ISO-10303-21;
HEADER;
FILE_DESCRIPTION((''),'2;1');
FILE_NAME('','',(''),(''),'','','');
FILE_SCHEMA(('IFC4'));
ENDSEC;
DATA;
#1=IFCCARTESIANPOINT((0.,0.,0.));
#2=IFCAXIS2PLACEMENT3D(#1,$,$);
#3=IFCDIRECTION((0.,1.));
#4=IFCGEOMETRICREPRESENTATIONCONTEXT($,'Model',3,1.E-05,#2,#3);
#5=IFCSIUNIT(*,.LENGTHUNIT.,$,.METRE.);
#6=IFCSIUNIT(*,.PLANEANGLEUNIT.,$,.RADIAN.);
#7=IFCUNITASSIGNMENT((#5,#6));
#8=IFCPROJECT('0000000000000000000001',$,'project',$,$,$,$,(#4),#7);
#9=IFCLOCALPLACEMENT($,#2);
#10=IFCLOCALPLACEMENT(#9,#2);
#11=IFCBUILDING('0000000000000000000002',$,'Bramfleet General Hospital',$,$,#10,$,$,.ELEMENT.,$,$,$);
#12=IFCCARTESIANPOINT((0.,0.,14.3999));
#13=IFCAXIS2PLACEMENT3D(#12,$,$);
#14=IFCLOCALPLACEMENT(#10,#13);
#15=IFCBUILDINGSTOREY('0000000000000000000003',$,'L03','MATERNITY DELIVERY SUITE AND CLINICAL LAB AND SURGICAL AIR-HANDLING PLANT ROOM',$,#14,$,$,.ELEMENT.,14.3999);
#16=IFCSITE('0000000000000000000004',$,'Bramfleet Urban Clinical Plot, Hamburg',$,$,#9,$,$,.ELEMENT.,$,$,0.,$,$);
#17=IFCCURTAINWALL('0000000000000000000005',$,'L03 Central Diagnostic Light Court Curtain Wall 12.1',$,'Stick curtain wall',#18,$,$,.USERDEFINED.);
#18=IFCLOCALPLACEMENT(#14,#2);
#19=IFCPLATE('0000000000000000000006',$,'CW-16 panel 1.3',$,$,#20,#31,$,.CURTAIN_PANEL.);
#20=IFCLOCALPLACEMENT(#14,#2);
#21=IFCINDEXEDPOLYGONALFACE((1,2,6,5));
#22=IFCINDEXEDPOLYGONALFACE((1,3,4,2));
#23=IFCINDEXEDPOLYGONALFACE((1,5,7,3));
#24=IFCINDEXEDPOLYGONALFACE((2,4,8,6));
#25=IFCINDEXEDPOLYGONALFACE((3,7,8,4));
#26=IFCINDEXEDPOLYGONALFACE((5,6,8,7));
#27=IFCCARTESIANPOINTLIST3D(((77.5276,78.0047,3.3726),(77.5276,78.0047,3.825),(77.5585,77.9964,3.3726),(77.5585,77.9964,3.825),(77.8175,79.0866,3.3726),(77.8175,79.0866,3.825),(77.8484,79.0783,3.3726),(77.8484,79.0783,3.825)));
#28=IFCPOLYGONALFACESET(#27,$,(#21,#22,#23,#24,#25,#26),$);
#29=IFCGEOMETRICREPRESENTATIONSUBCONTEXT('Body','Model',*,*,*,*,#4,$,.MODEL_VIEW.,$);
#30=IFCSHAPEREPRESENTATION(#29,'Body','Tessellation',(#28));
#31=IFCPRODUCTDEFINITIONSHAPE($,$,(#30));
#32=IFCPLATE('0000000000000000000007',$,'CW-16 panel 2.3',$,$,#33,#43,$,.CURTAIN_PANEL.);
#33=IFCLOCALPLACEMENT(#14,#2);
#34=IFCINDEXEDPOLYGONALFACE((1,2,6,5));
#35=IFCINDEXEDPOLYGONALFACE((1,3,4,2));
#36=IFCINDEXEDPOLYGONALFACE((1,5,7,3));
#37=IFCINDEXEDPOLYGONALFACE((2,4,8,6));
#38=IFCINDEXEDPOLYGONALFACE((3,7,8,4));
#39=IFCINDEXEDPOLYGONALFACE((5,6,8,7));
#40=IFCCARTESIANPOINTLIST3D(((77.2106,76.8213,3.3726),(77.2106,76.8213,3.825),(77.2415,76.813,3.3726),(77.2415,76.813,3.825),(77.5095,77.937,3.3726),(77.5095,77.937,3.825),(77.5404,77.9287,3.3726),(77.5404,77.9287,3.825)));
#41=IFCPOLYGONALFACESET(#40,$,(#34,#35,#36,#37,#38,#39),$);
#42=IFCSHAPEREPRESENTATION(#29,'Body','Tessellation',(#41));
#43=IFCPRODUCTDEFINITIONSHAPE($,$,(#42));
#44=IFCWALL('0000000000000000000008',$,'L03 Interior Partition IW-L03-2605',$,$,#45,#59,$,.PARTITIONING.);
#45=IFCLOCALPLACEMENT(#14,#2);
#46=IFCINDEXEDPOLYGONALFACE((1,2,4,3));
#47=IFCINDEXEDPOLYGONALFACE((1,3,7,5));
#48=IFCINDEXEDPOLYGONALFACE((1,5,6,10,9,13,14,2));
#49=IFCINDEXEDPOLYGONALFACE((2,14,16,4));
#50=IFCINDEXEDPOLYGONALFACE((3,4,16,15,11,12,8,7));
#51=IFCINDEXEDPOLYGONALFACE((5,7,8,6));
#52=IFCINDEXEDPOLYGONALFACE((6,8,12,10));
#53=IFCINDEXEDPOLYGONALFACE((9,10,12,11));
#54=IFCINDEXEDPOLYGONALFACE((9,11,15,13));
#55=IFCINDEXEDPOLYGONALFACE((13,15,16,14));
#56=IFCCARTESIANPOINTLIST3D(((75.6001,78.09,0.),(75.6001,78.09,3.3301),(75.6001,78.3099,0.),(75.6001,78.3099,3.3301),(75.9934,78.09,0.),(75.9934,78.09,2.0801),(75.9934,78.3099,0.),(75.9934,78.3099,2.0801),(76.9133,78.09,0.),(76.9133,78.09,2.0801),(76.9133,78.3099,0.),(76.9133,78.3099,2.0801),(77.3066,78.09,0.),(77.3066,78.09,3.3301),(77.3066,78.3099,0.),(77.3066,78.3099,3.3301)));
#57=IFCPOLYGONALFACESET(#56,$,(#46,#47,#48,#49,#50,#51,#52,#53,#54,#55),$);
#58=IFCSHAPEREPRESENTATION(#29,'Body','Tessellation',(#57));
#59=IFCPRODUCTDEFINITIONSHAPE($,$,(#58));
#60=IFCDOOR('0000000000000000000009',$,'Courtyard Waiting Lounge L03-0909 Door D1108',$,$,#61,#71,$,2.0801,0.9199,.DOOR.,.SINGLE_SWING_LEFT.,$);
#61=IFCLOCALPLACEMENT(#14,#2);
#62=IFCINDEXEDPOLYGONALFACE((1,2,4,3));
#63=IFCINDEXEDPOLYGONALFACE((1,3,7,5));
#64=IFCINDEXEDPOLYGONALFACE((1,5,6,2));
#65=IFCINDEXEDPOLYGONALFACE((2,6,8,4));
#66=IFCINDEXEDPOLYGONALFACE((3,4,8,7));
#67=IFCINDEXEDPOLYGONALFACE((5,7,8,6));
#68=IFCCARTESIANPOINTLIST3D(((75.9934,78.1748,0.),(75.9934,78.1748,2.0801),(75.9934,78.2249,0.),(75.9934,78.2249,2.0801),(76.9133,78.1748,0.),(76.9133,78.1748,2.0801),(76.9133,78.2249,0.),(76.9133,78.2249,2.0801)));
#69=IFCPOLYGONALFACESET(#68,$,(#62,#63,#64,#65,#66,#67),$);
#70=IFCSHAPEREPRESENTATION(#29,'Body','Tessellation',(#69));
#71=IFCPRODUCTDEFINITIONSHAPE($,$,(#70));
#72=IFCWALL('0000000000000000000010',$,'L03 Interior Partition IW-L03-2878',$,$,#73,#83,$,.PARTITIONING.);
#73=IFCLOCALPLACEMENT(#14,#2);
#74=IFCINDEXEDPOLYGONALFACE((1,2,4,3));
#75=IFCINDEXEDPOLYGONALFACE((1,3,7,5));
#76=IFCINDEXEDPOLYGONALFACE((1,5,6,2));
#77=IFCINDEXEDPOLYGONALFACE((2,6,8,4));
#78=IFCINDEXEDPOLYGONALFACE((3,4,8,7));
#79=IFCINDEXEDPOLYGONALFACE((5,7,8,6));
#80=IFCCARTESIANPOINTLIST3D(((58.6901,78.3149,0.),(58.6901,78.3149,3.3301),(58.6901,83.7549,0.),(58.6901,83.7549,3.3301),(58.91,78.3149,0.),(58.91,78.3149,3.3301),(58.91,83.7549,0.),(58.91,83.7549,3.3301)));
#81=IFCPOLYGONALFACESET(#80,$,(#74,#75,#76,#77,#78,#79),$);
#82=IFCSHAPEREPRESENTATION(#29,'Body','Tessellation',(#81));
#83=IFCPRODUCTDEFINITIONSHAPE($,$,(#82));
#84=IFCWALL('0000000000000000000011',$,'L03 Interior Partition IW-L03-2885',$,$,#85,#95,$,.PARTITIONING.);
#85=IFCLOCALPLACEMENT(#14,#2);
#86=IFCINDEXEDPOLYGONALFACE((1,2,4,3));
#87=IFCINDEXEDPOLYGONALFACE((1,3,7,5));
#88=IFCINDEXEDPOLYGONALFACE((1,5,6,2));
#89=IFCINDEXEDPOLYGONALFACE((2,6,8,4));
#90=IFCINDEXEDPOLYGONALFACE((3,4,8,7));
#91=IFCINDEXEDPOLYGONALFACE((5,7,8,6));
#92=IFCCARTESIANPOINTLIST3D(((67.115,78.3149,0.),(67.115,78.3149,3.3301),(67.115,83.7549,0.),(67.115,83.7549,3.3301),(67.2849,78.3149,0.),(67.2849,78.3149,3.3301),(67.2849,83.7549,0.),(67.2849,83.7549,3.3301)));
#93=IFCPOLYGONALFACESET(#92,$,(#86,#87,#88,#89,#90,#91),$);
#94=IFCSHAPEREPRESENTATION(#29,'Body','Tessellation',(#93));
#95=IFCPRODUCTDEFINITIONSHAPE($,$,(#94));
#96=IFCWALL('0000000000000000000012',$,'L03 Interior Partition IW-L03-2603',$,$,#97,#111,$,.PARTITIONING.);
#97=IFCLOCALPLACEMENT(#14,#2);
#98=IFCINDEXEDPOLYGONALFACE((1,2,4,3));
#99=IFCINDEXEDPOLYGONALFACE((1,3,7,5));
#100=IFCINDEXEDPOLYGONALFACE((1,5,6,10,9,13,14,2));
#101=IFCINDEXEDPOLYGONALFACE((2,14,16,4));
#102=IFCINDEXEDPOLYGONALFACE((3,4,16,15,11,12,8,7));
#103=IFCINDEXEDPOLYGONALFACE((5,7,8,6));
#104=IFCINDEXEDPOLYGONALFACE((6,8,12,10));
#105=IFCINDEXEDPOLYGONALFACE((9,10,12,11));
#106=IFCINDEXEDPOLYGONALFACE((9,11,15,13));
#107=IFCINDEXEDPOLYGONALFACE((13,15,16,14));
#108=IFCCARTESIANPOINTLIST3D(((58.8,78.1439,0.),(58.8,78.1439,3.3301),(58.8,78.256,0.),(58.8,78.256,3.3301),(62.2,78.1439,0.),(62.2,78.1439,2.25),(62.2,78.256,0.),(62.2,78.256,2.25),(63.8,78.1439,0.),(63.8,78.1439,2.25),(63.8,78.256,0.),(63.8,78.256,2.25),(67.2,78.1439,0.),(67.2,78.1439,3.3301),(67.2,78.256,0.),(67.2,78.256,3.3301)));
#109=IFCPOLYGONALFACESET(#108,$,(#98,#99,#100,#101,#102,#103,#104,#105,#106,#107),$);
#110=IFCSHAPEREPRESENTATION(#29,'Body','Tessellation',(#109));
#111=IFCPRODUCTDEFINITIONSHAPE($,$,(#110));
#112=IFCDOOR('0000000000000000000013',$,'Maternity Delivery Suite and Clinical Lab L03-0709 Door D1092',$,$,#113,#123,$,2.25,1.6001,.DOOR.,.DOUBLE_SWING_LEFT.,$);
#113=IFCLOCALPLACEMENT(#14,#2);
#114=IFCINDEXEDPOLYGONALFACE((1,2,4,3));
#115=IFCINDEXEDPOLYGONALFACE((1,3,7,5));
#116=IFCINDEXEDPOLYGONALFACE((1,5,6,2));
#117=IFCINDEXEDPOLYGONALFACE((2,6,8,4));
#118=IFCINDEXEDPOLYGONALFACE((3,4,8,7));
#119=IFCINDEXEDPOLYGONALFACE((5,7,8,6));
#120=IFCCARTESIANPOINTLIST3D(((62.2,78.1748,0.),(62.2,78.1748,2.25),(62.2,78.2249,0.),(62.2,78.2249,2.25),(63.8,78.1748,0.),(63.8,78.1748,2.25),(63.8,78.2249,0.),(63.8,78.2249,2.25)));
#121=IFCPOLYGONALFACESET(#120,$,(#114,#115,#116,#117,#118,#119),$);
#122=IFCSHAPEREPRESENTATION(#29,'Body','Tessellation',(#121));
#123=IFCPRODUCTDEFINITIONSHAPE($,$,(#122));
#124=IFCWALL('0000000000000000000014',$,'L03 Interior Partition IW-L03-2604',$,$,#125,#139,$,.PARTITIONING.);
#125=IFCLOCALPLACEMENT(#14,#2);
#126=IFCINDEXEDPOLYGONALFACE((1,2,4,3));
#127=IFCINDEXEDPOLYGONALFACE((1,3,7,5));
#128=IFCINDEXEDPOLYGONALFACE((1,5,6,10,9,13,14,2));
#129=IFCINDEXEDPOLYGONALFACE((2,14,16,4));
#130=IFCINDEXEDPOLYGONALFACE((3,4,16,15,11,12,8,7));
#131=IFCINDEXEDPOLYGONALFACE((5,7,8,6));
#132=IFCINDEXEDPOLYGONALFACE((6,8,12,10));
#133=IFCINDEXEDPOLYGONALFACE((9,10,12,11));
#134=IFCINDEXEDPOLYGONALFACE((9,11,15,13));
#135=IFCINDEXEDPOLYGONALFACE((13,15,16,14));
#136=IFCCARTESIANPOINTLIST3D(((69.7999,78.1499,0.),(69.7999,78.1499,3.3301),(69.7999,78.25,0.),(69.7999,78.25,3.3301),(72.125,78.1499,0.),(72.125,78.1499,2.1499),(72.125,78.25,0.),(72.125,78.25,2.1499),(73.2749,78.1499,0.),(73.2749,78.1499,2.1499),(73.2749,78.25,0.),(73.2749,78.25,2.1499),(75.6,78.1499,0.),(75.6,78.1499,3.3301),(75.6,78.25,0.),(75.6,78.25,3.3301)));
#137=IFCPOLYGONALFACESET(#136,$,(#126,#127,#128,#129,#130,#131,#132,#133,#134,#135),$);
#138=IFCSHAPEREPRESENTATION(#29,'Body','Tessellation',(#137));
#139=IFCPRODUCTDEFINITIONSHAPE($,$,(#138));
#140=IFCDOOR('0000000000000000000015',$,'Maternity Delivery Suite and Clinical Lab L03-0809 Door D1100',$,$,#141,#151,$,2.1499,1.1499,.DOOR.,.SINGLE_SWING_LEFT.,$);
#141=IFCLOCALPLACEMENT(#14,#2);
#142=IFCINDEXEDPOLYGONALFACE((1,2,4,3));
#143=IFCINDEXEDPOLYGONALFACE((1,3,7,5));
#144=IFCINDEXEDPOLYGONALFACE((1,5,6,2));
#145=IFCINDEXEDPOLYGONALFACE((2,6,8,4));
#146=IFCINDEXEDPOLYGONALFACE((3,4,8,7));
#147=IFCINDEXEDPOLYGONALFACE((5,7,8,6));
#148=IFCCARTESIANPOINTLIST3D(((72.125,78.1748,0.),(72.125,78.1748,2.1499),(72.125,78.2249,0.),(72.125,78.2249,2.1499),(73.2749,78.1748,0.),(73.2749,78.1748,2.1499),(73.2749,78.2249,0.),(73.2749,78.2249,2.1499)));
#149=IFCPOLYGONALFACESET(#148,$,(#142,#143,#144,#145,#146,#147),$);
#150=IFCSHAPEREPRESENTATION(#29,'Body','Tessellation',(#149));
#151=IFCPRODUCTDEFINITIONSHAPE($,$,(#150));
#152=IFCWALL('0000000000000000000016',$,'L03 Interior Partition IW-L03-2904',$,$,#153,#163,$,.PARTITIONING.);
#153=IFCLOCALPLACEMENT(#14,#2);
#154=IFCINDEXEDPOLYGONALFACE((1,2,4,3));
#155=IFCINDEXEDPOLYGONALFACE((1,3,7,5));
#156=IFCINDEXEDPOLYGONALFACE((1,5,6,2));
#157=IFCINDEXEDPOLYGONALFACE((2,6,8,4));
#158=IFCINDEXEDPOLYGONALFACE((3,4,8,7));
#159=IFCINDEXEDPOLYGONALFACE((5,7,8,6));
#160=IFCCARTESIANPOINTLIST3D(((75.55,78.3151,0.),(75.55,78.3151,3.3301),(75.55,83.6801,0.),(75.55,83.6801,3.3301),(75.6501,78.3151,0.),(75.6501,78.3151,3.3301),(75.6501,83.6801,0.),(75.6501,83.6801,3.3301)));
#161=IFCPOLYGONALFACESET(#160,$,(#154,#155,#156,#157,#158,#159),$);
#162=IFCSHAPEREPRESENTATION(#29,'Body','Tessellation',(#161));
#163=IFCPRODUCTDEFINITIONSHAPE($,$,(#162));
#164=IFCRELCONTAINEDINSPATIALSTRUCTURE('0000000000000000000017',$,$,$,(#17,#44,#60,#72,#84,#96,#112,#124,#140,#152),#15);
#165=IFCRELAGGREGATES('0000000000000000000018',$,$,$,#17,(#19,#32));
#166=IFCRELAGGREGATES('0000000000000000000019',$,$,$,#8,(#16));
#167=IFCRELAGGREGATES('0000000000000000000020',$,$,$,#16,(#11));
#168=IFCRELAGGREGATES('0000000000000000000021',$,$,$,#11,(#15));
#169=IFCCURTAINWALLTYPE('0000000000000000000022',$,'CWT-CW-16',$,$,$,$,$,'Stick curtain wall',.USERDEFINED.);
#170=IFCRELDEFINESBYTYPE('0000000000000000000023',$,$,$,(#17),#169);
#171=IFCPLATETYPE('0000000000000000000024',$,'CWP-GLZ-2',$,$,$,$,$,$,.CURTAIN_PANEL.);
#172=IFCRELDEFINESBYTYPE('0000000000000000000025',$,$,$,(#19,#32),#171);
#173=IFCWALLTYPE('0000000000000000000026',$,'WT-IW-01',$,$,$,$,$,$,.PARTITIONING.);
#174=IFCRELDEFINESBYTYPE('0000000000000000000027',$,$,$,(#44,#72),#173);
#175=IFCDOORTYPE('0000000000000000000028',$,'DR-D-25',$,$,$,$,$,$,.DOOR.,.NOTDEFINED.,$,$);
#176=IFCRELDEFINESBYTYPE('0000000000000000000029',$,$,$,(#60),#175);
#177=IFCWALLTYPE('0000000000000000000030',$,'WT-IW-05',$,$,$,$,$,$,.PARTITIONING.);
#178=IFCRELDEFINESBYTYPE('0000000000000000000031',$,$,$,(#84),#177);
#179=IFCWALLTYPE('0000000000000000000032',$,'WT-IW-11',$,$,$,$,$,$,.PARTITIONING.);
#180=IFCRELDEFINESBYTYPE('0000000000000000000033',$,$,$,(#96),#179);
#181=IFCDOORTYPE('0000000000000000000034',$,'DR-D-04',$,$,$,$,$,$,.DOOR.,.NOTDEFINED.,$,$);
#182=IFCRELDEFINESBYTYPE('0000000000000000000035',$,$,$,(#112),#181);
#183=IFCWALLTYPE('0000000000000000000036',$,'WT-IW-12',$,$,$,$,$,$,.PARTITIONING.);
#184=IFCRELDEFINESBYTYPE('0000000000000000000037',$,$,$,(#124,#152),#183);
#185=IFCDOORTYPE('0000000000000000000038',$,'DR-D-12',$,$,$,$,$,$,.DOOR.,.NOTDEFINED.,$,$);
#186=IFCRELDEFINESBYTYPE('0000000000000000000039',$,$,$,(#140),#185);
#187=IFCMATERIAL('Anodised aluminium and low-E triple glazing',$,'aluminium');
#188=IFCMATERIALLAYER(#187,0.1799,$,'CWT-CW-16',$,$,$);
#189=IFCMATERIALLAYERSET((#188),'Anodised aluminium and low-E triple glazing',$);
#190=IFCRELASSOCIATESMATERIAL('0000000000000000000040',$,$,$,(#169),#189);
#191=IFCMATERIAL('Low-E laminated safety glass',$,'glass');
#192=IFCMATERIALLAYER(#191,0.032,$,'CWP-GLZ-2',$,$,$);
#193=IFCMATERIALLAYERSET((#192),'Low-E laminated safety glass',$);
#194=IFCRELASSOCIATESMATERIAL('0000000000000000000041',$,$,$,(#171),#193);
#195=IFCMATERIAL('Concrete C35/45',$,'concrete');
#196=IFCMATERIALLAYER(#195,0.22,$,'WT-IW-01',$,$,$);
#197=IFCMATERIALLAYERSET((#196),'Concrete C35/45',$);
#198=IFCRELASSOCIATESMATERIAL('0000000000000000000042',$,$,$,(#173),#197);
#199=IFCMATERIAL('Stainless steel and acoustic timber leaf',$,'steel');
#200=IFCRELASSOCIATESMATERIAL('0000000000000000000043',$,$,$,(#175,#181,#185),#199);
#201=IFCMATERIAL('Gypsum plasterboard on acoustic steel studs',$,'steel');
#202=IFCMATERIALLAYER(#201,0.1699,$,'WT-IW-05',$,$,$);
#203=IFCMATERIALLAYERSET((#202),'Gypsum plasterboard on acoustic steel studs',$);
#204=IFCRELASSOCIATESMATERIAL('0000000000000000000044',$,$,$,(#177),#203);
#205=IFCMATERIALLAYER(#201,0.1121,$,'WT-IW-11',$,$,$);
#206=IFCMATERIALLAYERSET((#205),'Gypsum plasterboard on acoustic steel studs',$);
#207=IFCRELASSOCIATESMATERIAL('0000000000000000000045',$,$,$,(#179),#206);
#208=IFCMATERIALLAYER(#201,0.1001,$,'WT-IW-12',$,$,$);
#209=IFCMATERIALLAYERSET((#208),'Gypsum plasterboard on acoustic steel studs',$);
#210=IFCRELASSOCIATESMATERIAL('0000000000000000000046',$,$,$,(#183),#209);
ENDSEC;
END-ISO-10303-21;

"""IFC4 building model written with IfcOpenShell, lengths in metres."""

from ifc_helpers import new_model, si_unit, direction, frame, frame_2d, origin, origin_2d, place, context, subcontext, project, spatial, rectangle, extrude, material, layer, layer_set, type_object, element, fill, aggregate, save


model = new_model("IFC4")

# Units and contexts
model_context = context("Model", 3, precision=1e-05, world=origin(), true_north=direction((0.0, 1.0)))
body_context = subcontext(model_context, "Body", "Model", "MODEL_VIEW")
ifc_project = project(units=[si_unit("LENGTHUNIT", "METRE"), si_unit("PLANEANGLEUNIT", "RADIAN")], contexts=[model_context])

# Site, building, storey
site_placement = place(None, origin())
site = spatial("IfcSite", under=ifc_project, at=site_placement, Name="Bramfleet Urban Clinical Plot, Hamburg", CompositionType="ELEMENT", RefElevation=0.0)
building_placement = place(site_placement, origin())
building = spatial("IfcBuilding", under=site, at=building_placement, Name="Bramfleet General Hospital", CompositionType="ELEMENT")
storey_placement = place(building_placement, frame((0.0, 0.0, 14.3999)))
storey = spatial("IfcBuildingStorey", under=building, at=storey_placement, Name="L03", Description="MATERNITY DELIVERY SUITE AND CLINICAL LAB AND SURGICAL AIR-HANDLING PLANT ROOM", CompositionType="ELEMENT", Elevation=14.3999)

# Curtain wall
ifc_material_1 = material(Name="Anodised aluminium and low-E triple glazing", Category="aluminium")
ifc_layer_1 = layer(ifc_material_1, 0.1799, Name="CWT-CW-16")
ifc_layer_set_1 = layer_set([ifc_layer_1], Name="Anodised aluminium and low-E triple glazing")
curtain_wall_type_1 = type_object("IfcCurtainWallType", Name="CWT-CW-16", ElementType="Stick curtain wall", PredefinedType="USERDEFINED", material=ifc_layer_set_1)
curtain_wall_1_placement = place(storey_placement, origin())
curtain_wall_1 = element("IfcCurtainWall", 1, at=curtain_wall_1_placement, inside=storey, type_object=curtain_wall_type_1, Name="L03 Central Diagnostic Light Court Curtain Wall 12.1", ObjectType="Stick curtain wall", PredefinedType="USERDEFINED")

# Plates
ifc_material_2 = material(Name="Low-E laminated safety glass", Category="glass")
ifc_layer_2 = layer(ifc_material_2, 0.032, Name="CWP-GLZ-2")
ifc_layer_set_2 = layer_set([ifc_layer_2], Name="Low-E laminated safety glass")
plate_type = type_object("IfcPlateType", Name="CWP-GLZ-2", PredefinedType="CURTAIN_PANEL", material=ifc_layer_set_2)
plate_1_placement = place(storey_placement, frame((77.688, 78.5415, 3.3726), z_axis=(0.0, 0.0, 1.0), x_axis=(-0.258763, -0.965941, 0.0)))
plate_1 = element("IfcPlate", 2, at=plate_1_placement, type_object=plate_type, Name="CW-16 panel 1.3", PredefinedType="CURTAIN_PANEL", context=body_context, shape_type="SweptSolid", body=[
    extrude(rectangle(XDim=1.1201, YDim=0.032, at=origin_2d()), origin(), (0.0, 0.0, 1.0), 0.4524),
])
plate_2_placement = place(storey_placement, frame((77.3755, 77.375, 3.3726), z_axis=(0.0, 0.0, 1.0), x_axis=(-0.258763, -0.965941, 0.0)))
plate_2 = element("IfcPlate", 3, at=plate_2_placement, type_object=plate_type, Name="CW-16 panel 2.3", PredefinedType="CURTAIN_PANEL", context=body_context, shape_type="SweptSolid", body=[
    extrude(rectangle(XDim=1.155, YDim=0.032, at=origin_2d()), origin(), (0.0, 0.0, 1.0), 0.4524),
])
aggregate(curtain_wall_1, [plate_1, plate_2])

# Wall, opening, door
ifc_material_3 = material(Name="Concrete C35/45", Category="concrete")
ifc_layer_3 = layer(ifc_material_3, 0.22, Name="WT-IW-01")
ifc_layer_set_3 = layer_set([ifc_layer_3], Name="Concrete C35/45")
wall_type_1 = type_object("IfcWallType", Name="WT-IW-01", PredefinedType="PARTITIONING", material=ifc_layer_set_3)
wall_1_placement = place(storey_placement, frame((75.6001, 78.2, 0.0), z_axis=(0.0, 0.0, 1.0), x_axis=(1.0, 0.0, 0.0)))
wall_1 = element("IfcWall", 4, at=wall_1_placement, inside=storey, type_object=wall_type_1, Name="L03 Interior Partition IW-L03-2605", PredefinedType="PARTITIONING", context=body_context, shape_type="SweptSolid", body=[
    extrude(rectangle(XDim=1.7065, YDim=0.22, at=frame_2d((0.8533, 0.0))), origin(), (0.0, 0.0, 1.0), 3.3301),
])
opening_1_placement = place(wall_1_placement, frame((0.3933, 0.0, 0.0)))
opening_1 = element("IfcOpeningElement", 5, at=opening_1_placement, cuts=wall_1, PredefinedType="OPENING", context=body_context, shape_type="SweptSolid", body=[
    extrude(rectangle(XDim=0.9199, YDim=2.0801, at=frame_2d((0.46, 1.04))), frame((0.0, 0.1199, 0.0), z_axis=(0.0, -1.0, 0.0), x_axis=(1.0, 0.0, 0.0)), (0.0, 0.0, 1.0), 0.24),
])
ifc_material_4 = material(Name="Stainless steel and acoustic timber leaf", Category="steel")
door_type_1 = type_object("IfcDoorType", Name="DR-D-25", OperationType="NOTDEFINED", PredefinedType="DOOR", material=ifc_material_4)
door_1_placement = place(opening_1_placement, origin())
door_1 = element("IfcDoor", 6, at=door_1_placement, inside=storey, type_object=door_type_1, Name="Courtyard Waiting Lounge L03-0909 Door D1108", OperationType="SINGLE_SWING_LEFT", OverallHeight=2.0801, OverallWidth=0.9199, PredefinedType="DOOR", context=body_context, shape_type="SweptSolid", body=[
    extrude(rectangle(XDim=0.9199, YDim=2.0801, at=frame_2d((0.46, 1.04))), frame((0.0, 0.0249, 0.0), z_axis=(0.0, -1.0, 0.0), x_axis=(1.0, 0.0, 0.0)), (0.0, 0.0, 1.0), 0.05),
])
fill(opening_1, door_1)

# Walls
wall_2_placement = place(storey_placement, frame((58.8, 78.3149, 0.0), z_axis=(0.0, 0.0, 1.0), x_axis=(0.0, 1.0, 0.0)))
element("IfcWall", 7, at=wall_2_placement, inside=storey, type_object=wall_type_1, Name="L03 Interior Partition IW-L03-2878", PredefinedType="PARTITIONING", context=body_context, shape_type="SweptSolid", body=[
    extrude(rectangle(XDim=5.4399, YDim=0.22, at=frame_2d((2.72, 0.0))), origin(), (0.0, 0.0, 1.0), 3.3301),
])
ifc_material_5 = material(Name="Gypsum plasterboard on acoustic steel studs", Category="steel")
ifc_layer_4 = layer(ifc_material_5, 0.1699, Name="WT-IW-05")
ifc_layer_set_4 = layer_set([ifc_layer_4], Name="Gypsum plasterboard on acoustic steel studs")
wall_type_2 = type_object("IfcWallType", Name="WT-IW-05", PredefinedType="PARTITIONING", material=ifc_layer_set_4)
wall_3_placement = place(storey_placement, frame((67.2, 78.3149, 0.0), z_axis=(0.0, 0.0, 1.0), x_axis=(0.0, 1.0, 0.0)))
element("IfcWall", 8, at=wall_3_placement, inside=storey, type_object=wall_type_2, Name="L03 Interior Partition IW-L03-2885", PredefinedType="PARTITIONING", context=body_context, shape_type="SweptSolid", body=[
    extrude(rectangle(XDim=5.4399, YDim=0.1699, at=frame_2d((2.72, 0.0))), origin(), (0.0, 0.0, 1.0), 3.3301),
])

# Walls, openings, doors
ifc_layer_5 = layer(ifc_material_5, 0.1121, Name="WT-IW-11")
ifc_layer_set_5 = layer_set([ifc_layer_5], Name="Gypsum plasterboard on acoustic steel studs")
wall_type_3 = type_object("IfcWallType", Name="WT-IW-11", PredefinedType="PARTITIONING", material=ifc_layer_set_5)
wall_4_placement = place(storey_placement, frame((58.8, 78.2, 0.0), z_axis=(0.0, 0.0, 1.0), x_axis=(1.0, 0.0, 0.0)))
wall_4 = element("IfcWall", 9, at=wall_4_placement, inside=storey, type_object=wall_type_3, Name="L03 Interior Partition IW-L03-2603", PredefinedType="PARTITIONING", context=body_context, shape_type="SweptSolid", body=[
    extrude(rectangle(XDim=8.3999, YDim=0.1121, at=frame_2d((4.2, 0.0))), origin(), (0.0, 0.0, 1.0), 3.3301),
])
opening_2_placement = place(wall_4_placement, frame((3.3999, 0.0, 0.0)))
opening_2 = element("IfcOpeningElement", 10, at=opening_2_placement, cuts=wall_4, PredefinedType="OPENING", context=body_context, shape_type="SweptSolid", body=[
    extrude(rectangle(XDim=1.6001, YDim=2.25, at=frame_2d((0.8, 1.125))), frame((0.0, 0.0659, 0.0), z_axis=(0.0, -1.0, 0.0), x_axis=(1.0, 0.0, 0.0)), (0.0, 0.0, 1.0), 0.1321),
])
door_type_2 = type_object("IfcDoorType", Name="DR-D-04", OperationType="NOTDEFINED", PredefinedType="DOOR", material=ifc_material_4)
door_2_placement = place(opening_2_placement, origin())
door_2 = element("IfcDoor", 11, at=door_2_placement, inside=storey, type_object=door_type_2, Name="Maternity Delivery Suite and Clinical Lab L03-0709 Door D1092", OperationType="DOUBLE_SWING_LEFT", OverallHeight=2.25, OverallWidth=1.6001, PredefinedType="DOOR", context=body_context, shape_type="SweptSolid", body=[
    extrude(rectangle(XDim=1.6001, YDim=2.25, at=frame_2d((0.8, 1.125))), frame((0.0, 0.0249, 0.0), z_axis=(0.0, -1.0, 0.0), x_axis=(1.0, 0.0, 0.0)), (0.0, 0.0, 1.0), 0.05),
])
fill(opening_2, door_2)
ifc_layer_6 = layer(ifc_material_5, 0.1001, Name="WT-IW-12")
ifc_layer_set_6 = layer_set([ifc_layer_6], Name="Gypsum plasterboard on acoustic steel studs")
wall_type_4 = type_object("IfcWallType", Name="WT-IW-12", PredefinedType="PARTITIONING", material=ifc_layer_set_6)
wall_5_placement = place(storey_placement, frame((69.8, 78.2, 0.0), z_axis=(0.0, 0.0, 1.0), x_axis=(1.0, 0.0, 0.0)))
wall_5 = element("IfcWall", 12, at=wall_5_placement, inside=storey, type_object=wall_type_4, Name="L03 Interior Partition IW-L03-2604", PredefinedType="PARTITIONING", context=body_context, shape_type="SweptSolid", body=[
    extrude(rectangle(XDim=5.8, YDim=0.1001, at=frame_2d((2.8999, 0.0))), origin(), (0.0, 0.0, 1.0), 3.3301),
])
opening_3_placement = place(wall_5_placement, frame((2.325, 0.0, 0.0)))
opening_3 = element("IfcOpeningElement", 13, at=opening_3_placement, cuts=wall_5, PredefinedType="OPENING", context=body_context, shape_type="SweptSolid", body=[
    extrude(rectangle(XDim=1.1499, YDim=2.1499, at=frame_2d((0.575, 1.075))), frame((0.0, 0.0601, 0.0), z_axis=(0.0, -1.0, 0.0), x_axis=(1.0, 0.0, 0.0)), (0.0, 0.0, 1.0), 0.1201),
])
door_type_3 = type_object("IfcDoorType", Name="DR-D-12", OperationType="NOTDEFINED", PredefinedType="DOOR", material=ifc_material_4)
door_3_placement = place(opening_3_placement, origin())
door_3 = element("IfcDoor", 14, at=door_3_placement, inside=storey, type_object=door_type_3, Name="Maternity Delivery Suite and Clinical Lab L03-0809 Door D1100", OperationType="SINGLE_SWING_LEFT", OverallHeight=2.1499, OverallWidth=1.1499, PredefinedType="DOOR", context=body_context, shape_type="SweptSolid", body=[
    extrude(rectangle(XDim=1.1499, YDim=2.1499, at=frame_2d((0.575, 1.075))), frame((0.0, 0.0249, 0.0), z_axis=(0.0, -1.0, 0.0), x_axis=(1.0, 0.0, 0.0)), (0.0, 0.0, 1.0), 0.05),
])
fill(opening_3, door_3)

# Wall
wall_6_placement = place(storey_placement, frame((75.6001, 78.3149, 0.0), z_axis=(0.0, 0.0, 1.0), x_axis=(0.0, 1.0, 0.0)))
element("IfcWall", 15, at=wall_6_placement, inside=storey, type_object=wall_type_4, Name="L03 Interior Partition IW-L03-2904", PredefinedType="PARTITIONING", context=body_context, shape_type="SweptSolid", body=[
    extrude(rectangle(XDim=5.365, YDim=0.1001, at=frame_2d((2.6826, 0.0))), origin(), (0.0, 0.0, 1.0), 3.3301),
])

save(model, "model.ifc")
